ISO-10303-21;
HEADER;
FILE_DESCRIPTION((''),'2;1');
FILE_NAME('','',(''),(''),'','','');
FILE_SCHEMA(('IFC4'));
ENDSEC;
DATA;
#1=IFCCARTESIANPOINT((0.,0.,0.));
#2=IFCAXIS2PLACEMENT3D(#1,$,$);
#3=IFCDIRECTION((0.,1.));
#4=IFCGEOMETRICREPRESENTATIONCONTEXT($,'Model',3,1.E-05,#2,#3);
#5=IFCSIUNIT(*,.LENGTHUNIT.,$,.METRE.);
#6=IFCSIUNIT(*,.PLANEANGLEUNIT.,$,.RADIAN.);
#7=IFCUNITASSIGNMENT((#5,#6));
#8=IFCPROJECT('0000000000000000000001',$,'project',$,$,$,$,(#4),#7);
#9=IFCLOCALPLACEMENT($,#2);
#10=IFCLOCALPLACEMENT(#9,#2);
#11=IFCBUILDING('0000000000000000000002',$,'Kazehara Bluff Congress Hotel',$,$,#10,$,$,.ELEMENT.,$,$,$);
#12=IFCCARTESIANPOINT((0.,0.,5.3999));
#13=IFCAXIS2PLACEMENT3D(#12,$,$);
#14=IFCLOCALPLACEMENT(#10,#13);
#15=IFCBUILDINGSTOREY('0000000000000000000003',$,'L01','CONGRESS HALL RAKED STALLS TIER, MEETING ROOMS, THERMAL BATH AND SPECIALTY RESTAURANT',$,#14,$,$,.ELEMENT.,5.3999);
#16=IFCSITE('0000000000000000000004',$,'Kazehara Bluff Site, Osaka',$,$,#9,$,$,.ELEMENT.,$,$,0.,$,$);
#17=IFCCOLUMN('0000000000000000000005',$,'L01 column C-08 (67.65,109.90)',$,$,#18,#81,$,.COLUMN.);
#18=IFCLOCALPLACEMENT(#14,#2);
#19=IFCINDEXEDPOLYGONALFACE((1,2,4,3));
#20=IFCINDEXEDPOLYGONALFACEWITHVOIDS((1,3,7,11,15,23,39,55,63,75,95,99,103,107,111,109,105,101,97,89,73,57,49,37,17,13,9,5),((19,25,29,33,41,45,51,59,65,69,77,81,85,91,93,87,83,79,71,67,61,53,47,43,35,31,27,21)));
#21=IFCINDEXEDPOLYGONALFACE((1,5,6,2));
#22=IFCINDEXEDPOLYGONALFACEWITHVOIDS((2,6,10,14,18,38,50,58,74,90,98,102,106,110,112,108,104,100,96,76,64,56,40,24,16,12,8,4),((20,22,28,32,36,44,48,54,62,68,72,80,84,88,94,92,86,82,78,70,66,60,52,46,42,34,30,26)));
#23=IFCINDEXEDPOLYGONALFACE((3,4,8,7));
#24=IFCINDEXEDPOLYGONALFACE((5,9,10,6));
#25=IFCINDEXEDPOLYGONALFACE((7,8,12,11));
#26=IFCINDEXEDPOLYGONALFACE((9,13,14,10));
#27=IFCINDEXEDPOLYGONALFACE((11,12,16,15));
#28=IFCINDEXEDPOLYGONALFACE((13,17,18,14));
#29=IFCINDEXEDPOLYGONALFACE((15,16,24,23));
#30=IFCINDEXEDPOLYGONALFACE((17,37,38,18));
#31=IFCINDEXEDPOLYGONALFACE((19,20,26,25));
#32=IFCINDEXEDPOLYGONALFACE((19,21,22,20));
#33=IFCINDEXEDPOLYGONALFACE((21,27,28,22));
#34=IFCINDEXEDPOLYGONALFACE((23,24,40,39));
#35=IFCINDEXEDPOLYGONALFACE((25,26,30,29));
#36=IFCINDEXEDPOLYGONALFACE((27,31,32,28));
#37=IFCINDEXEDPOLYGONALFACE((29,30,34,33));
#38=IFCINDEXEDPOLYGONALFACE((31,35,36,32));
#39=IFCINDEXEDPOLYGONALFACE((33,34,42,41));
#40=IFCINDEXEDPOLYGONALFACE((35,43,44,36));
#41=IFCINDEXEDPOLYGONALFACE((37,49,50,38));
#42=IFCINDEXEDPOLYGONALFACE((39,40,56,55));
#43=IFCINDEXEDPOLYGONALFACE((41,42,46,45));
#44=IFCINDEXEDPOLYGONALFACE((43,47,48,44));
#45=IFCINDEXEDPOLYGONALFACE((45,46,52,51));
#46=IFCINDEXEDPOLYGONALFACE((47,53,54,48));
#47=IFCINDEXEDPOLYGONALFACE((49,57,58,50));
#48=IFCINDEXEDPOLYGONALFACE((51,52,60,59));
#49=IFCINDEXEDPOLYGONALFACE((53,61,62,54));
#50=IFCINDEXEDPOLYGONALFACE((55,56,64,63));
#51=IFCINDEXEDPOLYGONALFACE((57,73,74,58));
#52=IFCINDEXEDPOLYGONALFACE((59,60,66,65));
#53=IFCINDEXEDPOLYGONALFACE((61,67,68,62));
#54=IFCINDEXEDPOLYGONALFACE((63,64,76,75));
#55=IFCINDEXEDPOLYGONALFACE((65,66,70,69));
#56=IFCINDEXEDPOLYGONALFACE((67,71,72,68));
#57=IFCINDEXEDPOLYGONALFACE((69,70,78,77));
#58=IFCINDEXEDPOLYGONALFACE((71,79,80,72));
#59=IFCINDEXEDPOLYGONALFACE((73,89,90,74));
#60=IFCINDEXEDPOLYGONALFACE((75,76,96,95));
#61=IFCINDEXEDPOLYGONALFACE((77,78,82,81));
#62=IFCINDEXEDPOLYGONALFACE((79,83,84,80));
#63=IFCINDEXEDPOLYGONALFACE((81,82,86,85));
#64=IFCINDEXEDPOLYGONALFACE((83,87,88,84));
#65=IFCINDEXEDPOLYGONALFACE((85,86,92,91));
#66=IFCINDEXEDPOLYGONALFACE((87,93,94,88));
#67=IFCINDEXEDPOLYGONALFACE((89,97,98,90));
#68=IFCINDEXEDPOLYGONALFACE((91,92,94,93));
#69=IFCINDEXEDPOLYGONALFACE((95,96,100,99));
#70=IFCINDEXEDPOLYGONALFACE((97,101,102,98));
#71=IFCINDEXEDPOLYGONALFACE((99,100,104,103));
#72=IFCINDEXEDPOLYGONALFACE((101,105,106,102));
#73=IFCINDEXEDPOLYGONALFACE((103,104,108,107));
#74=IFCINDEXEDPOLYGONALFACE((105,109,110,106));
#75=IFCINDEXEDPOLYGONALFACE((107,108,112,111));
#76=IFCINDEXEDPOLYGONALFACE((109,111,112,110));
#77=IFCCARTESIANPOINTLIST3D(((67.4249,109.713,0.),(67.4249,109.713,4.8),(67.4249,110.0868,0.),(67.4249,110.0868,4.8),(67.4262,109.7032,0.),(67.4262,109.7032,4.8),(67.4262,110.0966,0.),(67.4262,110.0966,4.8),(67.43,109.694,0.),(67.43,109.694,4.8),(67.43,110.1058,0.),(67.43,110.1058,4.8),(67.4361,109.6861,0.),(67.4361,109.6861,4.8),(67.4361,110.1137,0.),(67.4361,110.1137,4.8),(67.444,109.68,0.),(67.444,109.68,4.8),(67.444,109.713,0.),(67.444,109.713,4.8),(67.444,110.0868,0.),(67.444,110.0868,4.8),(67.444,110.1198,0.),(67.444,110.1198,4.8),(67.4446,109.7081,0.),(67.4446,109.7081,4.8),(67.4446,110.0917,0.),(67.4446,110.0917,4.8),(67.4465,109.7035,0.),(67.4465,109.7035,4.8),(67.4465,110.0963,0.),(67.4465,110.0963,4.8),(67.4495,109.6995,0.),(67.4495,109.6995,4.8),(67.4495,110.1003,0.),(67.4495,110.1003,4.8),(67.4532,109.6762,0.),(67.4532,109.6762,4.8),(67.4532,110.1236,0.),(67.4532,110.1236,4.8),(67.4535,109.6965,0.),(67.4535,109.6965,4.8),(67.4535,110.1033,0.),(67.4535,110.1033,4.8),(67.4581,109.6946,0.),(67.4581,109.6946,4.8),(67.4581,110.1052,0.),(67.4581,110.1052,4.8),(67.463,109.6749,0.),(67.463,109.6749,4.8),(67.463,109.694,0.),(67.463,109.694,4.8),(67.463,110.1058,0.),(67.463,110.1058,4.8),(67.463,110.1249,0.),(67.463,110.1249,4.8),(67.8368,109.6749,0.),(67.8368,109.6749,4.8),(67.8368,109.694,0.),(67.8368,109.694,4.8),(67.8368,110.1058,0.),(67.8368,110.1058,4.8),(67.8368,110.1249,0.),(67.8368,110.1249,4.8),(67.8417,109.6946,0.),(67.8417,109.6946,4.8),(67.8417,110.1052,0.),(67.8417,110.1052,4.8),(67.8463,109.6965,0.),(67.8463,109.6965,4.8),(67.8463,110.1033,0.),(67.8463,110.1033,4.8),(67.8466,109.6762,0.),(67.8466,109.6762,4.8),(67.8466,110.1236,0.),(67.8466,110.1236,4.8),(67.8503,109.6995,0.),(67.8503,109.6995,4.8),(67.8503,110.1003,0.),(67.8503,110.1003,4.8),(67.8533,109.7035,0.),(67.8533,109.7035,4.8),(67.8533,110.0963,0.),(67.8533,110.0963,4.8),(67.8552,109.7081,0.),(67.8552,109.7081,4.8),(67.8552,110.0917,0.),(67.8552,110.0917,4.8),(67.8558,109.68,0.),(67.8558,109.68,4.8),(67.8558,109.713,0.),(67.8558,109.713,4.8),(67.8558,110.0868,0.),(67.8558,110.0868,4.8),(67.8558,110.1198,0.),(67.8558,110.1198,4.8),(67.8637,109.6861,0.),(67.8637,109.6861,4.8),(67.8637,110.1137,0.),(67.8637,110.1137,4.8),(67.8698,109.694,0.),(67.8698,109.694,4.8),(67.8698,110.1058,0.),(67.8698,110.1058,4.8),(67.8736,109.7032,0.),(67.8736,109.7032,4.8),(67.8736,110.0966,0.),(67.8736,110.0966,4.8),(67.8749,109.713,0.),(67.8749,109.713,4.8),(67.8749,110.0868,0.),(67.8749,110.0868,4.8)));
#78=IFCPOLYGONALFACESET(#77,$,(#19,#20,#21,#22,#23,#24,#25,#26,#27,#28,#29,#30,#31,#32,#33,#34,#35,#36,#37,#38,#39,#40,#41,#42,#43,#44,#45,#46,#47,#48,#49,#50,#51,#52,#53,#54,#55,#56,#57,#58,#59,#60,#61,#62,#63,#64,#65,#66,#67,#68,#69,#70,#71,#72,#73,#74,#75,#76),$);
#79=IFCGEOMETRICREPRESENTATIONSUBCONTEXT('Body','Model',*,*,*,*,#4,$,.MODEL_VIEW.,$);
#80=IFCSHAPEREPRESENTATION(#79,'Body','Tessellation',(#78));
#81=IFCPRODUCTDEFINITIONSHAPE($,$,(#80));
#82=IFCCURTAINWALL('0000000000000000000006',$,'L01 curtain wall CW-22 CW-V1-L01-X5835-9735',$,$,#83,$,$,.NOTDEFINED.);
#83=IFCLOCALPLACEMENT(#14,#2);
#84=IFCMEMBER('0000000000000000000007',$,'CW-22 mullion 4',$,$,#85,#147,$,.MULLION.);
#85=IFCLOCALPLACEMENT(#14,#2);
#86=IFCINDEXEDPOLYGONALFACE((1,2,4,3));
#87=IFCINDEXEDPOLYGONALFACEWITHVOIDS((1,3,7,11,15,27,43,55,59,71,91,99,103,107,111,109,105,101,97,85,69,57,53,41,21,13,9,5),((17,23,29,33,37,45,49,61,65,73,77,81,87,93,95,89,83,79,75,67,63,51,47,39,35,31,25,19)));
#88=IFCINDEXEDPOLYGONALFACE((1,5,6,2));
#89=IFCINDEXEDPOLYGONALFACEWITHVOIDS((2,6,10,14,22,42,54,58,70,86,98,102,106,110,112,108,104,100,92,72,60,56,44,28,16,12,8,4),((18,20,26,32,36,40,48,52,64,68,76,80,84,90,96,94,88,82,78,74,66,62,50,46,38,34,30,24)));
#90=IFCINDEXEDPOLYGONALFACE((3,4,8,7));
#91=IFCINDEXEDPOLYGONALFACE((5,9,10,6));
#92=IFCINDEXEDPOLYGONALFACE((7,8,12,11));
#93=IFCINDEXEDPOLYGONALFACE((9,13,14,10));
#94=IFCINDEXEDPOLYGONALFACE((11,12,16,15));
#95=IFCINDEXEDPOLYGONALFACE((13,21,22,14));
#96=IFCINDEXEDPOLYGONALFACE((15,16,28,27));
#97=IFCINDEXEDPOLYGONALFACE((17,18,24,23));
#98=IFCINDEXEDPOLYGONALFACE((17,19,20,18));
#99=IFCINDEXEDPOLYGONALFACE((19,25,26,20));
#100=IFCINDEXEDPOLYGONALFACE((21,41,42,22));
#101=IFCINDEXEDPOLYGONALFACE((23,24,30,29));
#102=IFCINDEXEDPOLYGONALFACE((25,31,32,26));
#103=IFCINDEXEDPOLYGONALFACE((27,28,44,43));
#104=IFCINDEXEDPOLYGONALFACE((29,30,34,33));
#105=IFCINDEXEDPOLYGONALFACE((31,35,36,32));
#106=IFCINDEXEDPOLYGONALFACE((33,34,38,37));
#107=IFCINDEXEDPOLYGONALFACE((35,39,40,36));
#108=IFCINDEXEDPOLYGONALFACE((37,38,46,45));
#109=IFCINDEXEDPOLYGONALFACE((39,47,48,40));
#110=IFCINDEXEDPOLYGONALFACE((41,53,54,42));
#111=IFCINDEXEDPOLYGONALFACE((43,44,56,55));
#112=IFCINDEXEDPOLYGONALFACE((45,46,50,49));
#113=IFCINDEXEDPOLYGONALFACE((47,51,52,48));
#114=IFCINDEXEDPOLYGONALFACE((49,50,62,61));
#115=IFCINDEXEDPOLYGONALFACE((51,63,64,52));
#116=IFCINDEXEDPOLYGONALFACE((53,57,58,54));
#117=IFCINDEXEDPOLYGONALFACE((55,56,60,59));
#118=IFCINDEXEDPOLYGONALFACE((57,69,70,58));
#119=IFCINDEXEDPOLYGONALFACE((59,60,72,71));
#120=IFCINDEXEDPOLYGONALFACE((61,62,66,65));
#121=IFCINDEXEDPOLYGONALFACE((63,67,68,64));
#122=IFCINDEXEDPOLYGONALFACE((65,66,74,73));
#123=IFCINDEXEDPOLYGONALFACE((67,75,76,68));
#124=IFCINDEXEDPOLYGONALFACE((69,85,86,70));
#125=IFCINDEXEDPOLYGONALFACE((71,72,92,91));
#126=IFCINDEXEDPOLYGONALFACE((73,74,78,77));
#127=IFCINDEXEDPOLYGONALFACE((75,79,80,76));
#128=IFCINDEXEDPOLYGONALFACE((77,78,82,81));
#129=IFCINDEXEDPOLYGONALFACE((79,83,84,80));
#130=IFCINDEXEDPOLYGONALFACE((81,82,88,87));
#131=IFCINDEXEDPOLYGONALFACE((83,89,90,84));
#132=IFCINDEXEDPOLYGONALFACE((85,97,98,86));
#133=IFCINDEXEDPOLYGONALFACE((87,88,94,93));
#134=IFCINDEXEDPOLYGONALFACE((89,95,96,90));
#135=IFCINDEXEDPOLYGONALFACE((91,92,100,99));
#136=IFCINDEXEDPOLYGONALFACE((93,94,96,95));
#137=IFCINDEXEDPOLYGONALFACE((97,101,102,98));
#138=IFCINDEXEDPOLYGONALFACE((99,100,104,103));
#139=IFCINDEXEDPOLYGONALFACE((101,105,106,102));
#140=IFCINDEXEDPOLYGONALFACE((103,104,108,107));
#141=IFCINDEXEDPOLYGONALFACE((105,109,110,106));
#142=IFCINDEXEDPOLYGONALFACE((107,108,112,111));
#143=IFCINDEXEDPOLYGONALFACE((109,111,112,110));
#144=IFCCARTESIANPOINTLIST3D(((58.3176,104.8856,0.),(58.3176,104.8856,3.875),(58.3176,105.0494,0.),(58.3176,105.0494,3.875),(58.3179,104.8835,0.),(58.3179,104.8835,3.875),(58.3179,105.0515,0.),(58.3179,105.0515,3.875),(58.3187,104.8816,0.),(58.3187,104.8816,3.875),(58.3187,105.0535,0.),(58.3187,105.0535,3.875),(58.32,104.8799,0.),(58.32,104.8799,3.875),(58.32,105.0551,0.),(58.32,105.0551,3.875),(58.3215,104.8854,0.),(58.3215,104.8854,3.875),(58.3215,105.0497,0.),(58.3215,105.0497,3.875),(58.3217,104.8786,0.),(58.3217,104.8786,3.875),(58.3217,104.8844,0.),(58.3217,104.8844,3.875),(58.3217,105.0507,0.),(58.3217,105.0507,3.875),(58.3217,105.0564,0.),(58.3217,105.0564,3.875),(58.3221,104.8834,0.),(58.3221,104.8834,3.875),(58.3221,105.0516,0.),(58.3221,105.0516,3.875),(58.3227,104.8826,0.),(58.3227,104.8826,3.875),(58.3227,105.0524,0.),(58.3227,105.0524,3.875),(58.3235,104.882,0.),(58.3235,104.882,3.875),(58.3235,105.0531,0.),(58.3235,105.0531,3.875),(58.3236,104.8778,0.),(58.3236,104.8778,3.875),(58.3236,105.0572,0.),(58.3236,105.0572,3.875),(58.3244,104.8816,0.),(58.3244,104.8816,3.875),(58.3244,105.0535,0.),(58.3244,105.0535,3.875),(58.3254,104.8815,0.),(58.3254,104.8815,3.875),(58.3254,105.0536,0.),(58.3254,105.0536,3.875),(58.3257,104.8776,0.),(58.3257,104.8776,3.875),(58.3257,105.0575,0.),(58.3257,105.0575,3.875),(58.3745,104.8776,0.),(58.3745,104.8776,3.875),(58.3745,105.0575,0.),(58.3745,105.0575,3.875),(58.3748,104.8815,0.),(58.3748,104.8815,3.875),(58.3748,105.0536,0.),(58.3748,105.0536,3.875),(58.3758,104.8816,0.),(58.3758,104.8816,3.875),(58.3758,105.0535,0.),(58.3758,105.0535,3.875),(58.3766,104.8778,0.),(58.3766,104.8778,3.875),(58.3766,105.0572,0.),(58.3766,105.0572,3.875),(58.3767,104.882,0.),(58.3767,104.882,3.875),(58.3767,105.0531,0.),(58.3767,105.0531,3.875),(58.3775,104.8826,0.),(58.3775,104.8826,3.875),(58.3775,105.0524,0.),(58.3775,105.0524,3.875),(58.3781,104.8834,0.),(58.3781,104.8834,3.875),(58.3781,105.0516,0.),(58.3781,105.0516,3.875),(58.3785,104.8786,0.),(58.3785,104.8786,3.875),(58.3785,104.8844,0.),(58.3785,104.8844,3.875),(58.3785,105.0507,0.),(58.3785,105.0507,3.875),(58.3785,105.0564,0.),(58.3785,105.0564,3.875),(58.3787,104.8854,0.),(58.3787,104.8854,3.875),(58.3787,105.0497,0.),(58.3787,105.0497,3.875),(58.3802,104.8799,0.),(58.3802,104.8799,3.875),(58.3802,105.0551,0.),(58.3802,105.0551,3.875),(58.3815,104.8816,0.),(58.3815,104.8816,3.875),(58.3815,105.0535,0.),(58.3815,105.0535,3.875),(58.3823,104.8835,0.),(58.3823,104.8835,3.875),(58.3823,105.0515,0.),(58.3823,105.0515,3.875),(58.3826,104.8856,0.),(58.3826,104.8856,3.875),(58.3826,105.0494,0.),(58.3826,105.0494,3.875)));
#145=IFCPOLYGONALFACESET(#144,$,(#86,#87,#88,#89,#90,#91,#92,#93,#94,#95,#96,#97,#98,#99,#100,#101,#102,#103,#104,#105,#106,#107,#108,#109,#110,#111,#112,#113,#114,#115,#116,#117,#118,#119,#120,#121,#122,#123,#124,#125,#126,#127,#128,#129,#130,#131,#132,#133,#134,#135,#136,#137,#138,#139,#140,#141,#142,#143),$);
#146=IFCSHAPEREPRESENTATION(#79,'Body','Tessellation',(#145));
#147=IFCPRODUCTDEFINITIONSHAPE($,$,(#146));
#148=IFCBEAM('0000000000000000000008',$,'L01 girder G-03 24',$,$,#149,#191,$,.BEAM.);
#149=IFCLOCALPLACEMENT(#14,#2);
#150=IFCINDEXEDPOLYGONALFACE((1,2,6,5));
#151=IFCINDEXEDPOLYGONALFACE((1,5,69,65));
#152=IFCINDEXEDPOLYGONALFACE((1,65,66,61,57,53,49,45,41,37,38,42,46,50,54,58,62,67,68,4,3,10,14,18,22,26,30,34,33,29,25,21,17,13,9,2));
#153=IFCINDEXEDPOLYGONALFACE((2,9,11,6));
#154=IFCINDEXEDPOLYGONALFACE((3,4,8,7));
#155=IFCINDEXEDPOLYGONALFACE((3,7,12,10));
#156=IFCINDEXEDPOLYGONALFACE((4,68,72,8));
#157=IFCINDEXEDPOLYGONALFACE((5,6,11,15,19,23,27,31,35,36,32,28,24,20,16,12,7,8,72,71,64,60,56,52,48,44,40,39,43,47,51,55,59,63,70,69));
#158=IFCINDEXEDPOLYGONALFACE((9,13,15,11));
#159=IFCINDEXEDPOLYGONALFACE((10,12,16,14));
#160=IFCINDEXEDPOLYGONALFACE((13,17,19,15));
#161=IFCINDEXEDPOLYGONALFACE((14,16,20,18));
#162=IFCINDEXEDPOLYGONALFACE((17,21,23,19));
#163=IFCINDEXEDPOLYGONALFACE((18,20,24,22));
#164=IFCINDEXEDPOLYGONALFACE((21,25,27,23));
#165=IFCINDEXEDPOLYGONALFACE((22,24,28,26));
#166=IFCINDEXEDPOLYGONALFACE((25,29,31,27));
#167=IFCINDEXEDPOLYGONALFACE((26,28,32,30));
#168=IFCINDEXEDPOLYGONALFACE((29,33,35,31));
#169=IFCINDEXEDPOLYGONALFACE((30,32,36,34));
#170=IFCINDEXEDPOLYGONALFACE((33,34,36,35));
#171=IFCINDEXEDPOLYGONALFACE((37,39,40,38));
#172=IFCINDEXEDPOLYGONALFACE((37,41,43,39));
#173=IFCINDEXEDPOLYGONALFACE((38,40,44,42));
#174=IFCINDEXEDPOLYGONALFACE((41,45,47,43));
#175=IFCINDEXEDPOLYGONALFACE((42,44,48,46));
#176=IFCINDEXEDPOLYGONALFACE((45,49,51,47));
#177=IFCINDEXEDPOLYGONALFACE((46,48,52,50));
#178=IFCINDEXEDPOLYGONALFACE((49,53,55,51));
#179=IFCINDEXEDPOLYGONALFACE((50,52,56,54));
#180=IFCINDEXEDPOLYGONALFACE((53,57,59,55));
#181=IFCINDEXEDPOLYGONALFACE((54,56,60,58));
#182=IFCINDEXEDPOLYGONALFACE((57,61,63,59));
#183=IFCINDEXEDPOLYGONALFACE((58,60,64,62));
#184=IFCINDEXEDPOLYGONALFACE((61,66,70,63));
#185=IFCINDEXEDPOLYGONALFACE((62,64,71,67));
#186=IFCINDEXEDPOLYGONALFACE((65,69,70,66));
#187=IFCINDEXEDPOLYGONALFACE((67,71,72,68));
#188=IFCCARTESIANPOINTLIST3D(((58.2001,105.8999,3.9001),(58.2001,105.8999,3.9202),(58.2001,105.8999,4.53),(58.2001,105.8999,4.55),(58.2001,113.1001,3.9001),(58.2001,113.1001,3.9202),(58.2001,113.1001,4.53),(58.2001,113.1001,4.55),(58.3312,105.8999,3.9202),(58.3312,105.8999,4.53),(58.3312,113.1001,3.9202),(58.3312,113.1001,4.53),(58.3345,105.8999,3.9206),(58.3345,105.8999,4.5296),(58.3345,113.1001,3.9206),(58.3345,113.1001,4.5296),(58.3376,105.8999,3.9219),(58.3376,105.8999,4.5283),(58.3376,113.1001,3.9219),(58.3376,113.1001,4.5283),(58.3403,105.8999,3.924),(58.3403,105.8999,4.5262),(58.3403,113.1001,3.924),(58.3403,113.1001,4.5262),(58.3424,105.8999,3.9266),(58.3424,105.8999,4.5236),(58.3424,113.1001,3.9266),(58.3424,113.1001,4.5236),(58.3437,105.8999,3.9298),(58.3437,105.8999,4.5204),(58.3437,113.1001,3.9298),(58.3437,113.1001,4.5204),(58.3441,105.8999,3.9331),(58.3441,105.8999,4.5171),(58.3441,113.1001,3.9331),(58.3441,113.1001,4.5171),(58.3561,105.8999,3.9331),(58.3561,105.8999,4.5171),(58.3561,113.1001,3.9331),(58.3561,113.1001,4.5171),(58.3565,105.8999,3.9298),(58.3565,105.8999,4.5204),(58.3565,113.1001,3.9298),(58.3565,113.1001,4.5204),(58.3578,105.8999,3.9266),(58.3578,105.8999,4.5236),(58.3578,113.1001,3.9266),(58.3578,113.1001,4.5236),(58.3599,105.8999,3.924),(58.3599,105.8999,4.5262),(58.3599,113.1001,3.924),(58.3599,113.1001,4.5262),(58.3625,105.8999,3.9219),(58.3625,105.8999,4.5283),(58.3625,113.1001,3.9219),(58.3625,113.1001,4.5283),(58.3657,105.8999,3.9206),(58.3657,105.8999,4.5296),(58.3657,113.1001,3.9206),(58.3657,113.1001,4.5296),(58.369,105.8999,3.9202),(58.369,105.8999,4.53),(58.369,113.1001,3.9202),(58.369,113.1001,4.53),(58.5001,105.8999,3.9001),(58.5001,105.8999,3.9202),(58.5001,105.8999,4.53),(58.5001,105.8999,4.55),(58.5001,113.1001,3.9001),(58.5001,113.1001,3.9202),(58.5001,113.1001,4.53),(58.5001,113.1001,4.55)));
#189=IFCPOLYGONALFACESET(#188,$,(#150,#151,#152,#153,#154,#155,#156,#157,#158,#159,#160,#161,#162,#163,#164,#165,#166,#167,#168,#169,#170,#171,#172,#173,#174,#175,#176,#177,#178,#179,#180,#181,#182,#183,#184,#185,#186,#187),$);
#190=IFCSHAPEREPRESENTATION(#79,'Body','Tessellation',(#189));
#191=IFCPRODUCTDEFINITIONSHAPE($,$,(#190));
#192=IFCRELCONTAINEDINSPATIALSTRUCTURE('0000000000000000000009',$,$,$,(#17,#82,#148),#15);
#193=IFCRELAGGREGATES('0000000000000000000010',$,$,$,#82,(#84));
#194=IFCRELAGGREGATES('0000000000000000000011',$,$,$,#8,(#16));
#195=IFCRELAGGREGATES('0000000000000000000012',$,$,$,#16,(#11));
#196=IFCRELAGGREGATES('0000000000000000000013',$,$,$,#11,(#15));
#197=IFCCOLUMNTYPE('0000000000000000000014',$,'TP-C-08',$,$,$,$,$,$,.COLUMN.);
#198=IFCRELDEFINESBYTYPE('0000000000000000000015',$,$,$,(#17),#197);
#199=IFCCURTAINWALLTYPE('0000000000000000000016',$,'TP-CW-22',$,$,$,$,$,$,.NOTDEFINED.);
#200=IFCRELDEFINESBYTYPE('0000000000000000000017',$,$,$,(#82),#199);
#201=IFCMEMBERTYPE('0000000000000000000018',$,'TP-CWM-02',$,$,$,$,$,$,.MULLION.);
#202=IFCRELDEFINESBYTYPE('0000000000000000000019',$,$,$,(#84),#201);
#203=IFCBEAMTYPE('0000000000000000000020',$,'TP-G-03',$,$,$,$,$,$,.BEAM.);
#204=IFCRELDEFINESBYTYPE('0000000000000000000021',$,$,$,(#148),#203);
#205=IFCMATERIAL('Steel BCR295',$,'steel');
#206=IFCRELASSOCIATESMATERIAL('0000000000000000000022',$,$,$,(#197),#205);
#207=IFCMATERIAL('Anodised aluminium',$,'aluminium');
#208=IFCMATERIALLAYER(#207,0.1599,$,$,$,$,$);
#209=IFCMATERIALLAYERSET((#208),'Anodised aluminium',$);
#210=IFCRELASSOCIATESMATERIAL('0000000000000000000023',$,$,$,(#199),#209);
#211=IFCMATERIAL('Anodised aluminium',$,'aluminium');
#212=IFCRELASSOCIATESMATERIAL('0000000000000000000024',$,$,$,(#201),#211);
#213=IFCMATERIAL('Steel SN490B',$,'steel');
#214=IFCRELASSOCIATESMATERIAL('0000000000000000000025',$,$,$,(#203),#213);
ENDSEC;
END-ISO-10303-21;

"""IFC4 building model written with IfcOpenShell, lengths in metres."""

from ifc_helpers import new_model, si_unit, direction, frame, origin, origin_2d, place, context, subcontext, project, spatial, hollow_rectangle, i_section, extrude, material, layer, layer_set, material_profile, profile_set, type_object, element, aggregate, save


model = new_model("IFC4")

# Units and contexts
model_context = context("Model", 3, precision=1e-05, world=origin(), true_north=direction((0.0, 1.0)))
body_context = subcontext(model_context, "Body", "Model", "MODEL_VIEW")
ifc_project = project(units=[si_unit("LENGTHUNIT", "METRE"), si_unit("PLANEANGLEUNIT", "RADIAN")], contexts=[model_context])

# Site, building, storey
site_placement = place(None, origin())
site = spatial("IfcSite", under=ifc_project, at=site_placement, Name="Kazehara Bluff Site, Osaka", CompositionType="ELEMENT", RefElevation=0.0)
building_placement = place(site_placement, origin())
building = spatial("IfcBuilding", under=site, at=building_placement, Name="Kazehara Bluff Congress Hotel", CompositionType="ELEMENT")
storey_placement = place(building_placement, frame((0.0, 0.0, 5.3999)))
storey = spatial("IfcBuildingStorey", under=building, at=storey_placement, Name="L01", Description="CONGRESS HALL RAKED STALLS TIER, MEETING ROOMS, THERMAL BATH AND SPECIALTY RESTAURANT", CompositionType="ELEMENT", Elevation=5.3999)

# Column
ifc_material_1 = material(Name="Steel BCR295", Category="steel")
ifc_material_profile_1 = material_profile(ifc_material_1, hollow_rectangle(XDim=0.45, YDim=0.45, WallThickness=0.019, InnerFilletRadius=0.019, OuterFilletRadius=0.0381, at=origin_2d()))
ifc_profile_set_1 = profile_set([ifc_material_profile_1], Name="Steel BCR295")
column_type_1 = type_object("IfcColumnType", Name="TP-C-08", PredefinedType="COLUMN", material=ifc_profile_set_1)
for number, where, z_axis, x_axis, name in (
    (1, (67.6499, 109.8999, 0.0), (0.0, 0.0, 1.0), (1.0, 0.0, 0.0), "L01 column C-08 (67.65,109.90)"),
):
    element("IfcColumn", number, at=place(storey_placement, frame(where, z_axis=z_axis, x_axis=x_axis)), inside=storey, type_object=column_type_1, Name=name, PredefinedType="COLUMN", context=body_context, shape_type="SweptSolid", body=[
        extrude(hollow_rectangle(XDim=0.45, YDim=0.45, WallThickness=0.019, InnerFilletRadius=0.019, OuterFilletRadius=0.0381, at=origin_2d()), origin(), (0.0, 0.0, 1.0), 4.8),
    ])

# Curtain wall, member
ifc_material_2 = material(Name="Anodised aluminium", Category="aluminium")
ifc_layer_1 = layer(ifc_material_2, 0.1599)
ifc_layer_set_1 = layer_set([ifc_layer_1], Name="Anodised aluminium")
curtain_wall_type = type_object("IfcCurtainWallType", Name="TP-CW-22", PredefinedType="NOTDEFINED", material=ifc_layer_set_1)
curtain_wall_placement = place(storey_placement, origin())
curtain_wall = element("IfcCurtainWall", 2, at=curtain_wall_placement, inside=storey, type_object=curtain_wall_type, Name="L01 curtain wall CW-22 CW-V1-L01-X5835-9735", PredefinedType="NOTDEFINED")
ifc_material_3 = material(Name="Anodised aluminium", Category="aluminium")
ifc_material_profile_2 = material_profile(ifc_material_3, hollow_rectangle(XDim=0.0649, YDim=0.1799, WallThickness=0.0039, InnerFilletRadius=0.0039, OuterFilletRadius=0.0081, at=origin_2d()))
ifc_profile_set_2 = profile_set([ifc_material_profile_2], Name="Anodised aluminium")
member_type = type_object("IfcMemberType", Name="TP-CWM-02", PredefinedType="MULLION", material=ifc_profile_set_2)
member_placement = place(storey_placement, frame((58.3501, 104.9675, 0.0), z_axis=(0.0, 0.0, 1.0), x_axis=(-1.0, 0.0, 0.0)))
member = element("IfcMember", 3, at=member_placement, type_object=member_type, Name="CW-22 mullion 4", PredefinedType="MULLION", context=body_context, shape_type="SweptSolid", body=[
    extrude(hollow_rectangle(XDim=0.0649, YDim=0.1799, WallThickness=0.0039, InnerFilletRadius=0.0039, OuterFilletRadius=0.0081, at=origin_2d()), origin(), (0.0, 0.0, 1.0), 3.875),
])

# Beam
ifc_material_4 = material(Name="Steel SN490B", Category="steel")
ifc_material_profile_3 = material_profile(ifc_material_4, i_section(OverallWidth=0.3, OverallDepth=0.6499, WebThickness=0.012, FlangeThickness=0.02, FilletRadius=0.0129, at=origin_2d()))
ifc_profile_set_3 = profile_set([ifc_material_profile_3], Name="Steel SN490B")
beam_type_1 = type_object("IfcBeamType", Name="TP-G-03", PredefinedType="BEAM", material=ifc_profile_set_3)
beam_1_placement = place(storey_placement, frame((58.3501, 105.8999, 4.2251), z_axis=(0.0, 1.0, 0.0), x_axis=(-1.0, 0.0, 0.0)))
element("IfcBeam", 4, at=beam_1_placement, inside=storey, type_object=beam_type_1, Name="L01 girder G-03 24", PredefinedType="BEAM", context=body_context, shape_type="SweptSolid", body=[
    extrude(i_section(OverallWidth=0.3, OverallDepth=0.6499, WebThickness=0.012, FlangeThickness=0.02, FilletRadius=0.0129, at=origin_2d()), origin(), (0.0, 0.0, 1.0), 7.2002),
])

aggregate(curtain_wall, [member])

save(model, "model.ifc")
